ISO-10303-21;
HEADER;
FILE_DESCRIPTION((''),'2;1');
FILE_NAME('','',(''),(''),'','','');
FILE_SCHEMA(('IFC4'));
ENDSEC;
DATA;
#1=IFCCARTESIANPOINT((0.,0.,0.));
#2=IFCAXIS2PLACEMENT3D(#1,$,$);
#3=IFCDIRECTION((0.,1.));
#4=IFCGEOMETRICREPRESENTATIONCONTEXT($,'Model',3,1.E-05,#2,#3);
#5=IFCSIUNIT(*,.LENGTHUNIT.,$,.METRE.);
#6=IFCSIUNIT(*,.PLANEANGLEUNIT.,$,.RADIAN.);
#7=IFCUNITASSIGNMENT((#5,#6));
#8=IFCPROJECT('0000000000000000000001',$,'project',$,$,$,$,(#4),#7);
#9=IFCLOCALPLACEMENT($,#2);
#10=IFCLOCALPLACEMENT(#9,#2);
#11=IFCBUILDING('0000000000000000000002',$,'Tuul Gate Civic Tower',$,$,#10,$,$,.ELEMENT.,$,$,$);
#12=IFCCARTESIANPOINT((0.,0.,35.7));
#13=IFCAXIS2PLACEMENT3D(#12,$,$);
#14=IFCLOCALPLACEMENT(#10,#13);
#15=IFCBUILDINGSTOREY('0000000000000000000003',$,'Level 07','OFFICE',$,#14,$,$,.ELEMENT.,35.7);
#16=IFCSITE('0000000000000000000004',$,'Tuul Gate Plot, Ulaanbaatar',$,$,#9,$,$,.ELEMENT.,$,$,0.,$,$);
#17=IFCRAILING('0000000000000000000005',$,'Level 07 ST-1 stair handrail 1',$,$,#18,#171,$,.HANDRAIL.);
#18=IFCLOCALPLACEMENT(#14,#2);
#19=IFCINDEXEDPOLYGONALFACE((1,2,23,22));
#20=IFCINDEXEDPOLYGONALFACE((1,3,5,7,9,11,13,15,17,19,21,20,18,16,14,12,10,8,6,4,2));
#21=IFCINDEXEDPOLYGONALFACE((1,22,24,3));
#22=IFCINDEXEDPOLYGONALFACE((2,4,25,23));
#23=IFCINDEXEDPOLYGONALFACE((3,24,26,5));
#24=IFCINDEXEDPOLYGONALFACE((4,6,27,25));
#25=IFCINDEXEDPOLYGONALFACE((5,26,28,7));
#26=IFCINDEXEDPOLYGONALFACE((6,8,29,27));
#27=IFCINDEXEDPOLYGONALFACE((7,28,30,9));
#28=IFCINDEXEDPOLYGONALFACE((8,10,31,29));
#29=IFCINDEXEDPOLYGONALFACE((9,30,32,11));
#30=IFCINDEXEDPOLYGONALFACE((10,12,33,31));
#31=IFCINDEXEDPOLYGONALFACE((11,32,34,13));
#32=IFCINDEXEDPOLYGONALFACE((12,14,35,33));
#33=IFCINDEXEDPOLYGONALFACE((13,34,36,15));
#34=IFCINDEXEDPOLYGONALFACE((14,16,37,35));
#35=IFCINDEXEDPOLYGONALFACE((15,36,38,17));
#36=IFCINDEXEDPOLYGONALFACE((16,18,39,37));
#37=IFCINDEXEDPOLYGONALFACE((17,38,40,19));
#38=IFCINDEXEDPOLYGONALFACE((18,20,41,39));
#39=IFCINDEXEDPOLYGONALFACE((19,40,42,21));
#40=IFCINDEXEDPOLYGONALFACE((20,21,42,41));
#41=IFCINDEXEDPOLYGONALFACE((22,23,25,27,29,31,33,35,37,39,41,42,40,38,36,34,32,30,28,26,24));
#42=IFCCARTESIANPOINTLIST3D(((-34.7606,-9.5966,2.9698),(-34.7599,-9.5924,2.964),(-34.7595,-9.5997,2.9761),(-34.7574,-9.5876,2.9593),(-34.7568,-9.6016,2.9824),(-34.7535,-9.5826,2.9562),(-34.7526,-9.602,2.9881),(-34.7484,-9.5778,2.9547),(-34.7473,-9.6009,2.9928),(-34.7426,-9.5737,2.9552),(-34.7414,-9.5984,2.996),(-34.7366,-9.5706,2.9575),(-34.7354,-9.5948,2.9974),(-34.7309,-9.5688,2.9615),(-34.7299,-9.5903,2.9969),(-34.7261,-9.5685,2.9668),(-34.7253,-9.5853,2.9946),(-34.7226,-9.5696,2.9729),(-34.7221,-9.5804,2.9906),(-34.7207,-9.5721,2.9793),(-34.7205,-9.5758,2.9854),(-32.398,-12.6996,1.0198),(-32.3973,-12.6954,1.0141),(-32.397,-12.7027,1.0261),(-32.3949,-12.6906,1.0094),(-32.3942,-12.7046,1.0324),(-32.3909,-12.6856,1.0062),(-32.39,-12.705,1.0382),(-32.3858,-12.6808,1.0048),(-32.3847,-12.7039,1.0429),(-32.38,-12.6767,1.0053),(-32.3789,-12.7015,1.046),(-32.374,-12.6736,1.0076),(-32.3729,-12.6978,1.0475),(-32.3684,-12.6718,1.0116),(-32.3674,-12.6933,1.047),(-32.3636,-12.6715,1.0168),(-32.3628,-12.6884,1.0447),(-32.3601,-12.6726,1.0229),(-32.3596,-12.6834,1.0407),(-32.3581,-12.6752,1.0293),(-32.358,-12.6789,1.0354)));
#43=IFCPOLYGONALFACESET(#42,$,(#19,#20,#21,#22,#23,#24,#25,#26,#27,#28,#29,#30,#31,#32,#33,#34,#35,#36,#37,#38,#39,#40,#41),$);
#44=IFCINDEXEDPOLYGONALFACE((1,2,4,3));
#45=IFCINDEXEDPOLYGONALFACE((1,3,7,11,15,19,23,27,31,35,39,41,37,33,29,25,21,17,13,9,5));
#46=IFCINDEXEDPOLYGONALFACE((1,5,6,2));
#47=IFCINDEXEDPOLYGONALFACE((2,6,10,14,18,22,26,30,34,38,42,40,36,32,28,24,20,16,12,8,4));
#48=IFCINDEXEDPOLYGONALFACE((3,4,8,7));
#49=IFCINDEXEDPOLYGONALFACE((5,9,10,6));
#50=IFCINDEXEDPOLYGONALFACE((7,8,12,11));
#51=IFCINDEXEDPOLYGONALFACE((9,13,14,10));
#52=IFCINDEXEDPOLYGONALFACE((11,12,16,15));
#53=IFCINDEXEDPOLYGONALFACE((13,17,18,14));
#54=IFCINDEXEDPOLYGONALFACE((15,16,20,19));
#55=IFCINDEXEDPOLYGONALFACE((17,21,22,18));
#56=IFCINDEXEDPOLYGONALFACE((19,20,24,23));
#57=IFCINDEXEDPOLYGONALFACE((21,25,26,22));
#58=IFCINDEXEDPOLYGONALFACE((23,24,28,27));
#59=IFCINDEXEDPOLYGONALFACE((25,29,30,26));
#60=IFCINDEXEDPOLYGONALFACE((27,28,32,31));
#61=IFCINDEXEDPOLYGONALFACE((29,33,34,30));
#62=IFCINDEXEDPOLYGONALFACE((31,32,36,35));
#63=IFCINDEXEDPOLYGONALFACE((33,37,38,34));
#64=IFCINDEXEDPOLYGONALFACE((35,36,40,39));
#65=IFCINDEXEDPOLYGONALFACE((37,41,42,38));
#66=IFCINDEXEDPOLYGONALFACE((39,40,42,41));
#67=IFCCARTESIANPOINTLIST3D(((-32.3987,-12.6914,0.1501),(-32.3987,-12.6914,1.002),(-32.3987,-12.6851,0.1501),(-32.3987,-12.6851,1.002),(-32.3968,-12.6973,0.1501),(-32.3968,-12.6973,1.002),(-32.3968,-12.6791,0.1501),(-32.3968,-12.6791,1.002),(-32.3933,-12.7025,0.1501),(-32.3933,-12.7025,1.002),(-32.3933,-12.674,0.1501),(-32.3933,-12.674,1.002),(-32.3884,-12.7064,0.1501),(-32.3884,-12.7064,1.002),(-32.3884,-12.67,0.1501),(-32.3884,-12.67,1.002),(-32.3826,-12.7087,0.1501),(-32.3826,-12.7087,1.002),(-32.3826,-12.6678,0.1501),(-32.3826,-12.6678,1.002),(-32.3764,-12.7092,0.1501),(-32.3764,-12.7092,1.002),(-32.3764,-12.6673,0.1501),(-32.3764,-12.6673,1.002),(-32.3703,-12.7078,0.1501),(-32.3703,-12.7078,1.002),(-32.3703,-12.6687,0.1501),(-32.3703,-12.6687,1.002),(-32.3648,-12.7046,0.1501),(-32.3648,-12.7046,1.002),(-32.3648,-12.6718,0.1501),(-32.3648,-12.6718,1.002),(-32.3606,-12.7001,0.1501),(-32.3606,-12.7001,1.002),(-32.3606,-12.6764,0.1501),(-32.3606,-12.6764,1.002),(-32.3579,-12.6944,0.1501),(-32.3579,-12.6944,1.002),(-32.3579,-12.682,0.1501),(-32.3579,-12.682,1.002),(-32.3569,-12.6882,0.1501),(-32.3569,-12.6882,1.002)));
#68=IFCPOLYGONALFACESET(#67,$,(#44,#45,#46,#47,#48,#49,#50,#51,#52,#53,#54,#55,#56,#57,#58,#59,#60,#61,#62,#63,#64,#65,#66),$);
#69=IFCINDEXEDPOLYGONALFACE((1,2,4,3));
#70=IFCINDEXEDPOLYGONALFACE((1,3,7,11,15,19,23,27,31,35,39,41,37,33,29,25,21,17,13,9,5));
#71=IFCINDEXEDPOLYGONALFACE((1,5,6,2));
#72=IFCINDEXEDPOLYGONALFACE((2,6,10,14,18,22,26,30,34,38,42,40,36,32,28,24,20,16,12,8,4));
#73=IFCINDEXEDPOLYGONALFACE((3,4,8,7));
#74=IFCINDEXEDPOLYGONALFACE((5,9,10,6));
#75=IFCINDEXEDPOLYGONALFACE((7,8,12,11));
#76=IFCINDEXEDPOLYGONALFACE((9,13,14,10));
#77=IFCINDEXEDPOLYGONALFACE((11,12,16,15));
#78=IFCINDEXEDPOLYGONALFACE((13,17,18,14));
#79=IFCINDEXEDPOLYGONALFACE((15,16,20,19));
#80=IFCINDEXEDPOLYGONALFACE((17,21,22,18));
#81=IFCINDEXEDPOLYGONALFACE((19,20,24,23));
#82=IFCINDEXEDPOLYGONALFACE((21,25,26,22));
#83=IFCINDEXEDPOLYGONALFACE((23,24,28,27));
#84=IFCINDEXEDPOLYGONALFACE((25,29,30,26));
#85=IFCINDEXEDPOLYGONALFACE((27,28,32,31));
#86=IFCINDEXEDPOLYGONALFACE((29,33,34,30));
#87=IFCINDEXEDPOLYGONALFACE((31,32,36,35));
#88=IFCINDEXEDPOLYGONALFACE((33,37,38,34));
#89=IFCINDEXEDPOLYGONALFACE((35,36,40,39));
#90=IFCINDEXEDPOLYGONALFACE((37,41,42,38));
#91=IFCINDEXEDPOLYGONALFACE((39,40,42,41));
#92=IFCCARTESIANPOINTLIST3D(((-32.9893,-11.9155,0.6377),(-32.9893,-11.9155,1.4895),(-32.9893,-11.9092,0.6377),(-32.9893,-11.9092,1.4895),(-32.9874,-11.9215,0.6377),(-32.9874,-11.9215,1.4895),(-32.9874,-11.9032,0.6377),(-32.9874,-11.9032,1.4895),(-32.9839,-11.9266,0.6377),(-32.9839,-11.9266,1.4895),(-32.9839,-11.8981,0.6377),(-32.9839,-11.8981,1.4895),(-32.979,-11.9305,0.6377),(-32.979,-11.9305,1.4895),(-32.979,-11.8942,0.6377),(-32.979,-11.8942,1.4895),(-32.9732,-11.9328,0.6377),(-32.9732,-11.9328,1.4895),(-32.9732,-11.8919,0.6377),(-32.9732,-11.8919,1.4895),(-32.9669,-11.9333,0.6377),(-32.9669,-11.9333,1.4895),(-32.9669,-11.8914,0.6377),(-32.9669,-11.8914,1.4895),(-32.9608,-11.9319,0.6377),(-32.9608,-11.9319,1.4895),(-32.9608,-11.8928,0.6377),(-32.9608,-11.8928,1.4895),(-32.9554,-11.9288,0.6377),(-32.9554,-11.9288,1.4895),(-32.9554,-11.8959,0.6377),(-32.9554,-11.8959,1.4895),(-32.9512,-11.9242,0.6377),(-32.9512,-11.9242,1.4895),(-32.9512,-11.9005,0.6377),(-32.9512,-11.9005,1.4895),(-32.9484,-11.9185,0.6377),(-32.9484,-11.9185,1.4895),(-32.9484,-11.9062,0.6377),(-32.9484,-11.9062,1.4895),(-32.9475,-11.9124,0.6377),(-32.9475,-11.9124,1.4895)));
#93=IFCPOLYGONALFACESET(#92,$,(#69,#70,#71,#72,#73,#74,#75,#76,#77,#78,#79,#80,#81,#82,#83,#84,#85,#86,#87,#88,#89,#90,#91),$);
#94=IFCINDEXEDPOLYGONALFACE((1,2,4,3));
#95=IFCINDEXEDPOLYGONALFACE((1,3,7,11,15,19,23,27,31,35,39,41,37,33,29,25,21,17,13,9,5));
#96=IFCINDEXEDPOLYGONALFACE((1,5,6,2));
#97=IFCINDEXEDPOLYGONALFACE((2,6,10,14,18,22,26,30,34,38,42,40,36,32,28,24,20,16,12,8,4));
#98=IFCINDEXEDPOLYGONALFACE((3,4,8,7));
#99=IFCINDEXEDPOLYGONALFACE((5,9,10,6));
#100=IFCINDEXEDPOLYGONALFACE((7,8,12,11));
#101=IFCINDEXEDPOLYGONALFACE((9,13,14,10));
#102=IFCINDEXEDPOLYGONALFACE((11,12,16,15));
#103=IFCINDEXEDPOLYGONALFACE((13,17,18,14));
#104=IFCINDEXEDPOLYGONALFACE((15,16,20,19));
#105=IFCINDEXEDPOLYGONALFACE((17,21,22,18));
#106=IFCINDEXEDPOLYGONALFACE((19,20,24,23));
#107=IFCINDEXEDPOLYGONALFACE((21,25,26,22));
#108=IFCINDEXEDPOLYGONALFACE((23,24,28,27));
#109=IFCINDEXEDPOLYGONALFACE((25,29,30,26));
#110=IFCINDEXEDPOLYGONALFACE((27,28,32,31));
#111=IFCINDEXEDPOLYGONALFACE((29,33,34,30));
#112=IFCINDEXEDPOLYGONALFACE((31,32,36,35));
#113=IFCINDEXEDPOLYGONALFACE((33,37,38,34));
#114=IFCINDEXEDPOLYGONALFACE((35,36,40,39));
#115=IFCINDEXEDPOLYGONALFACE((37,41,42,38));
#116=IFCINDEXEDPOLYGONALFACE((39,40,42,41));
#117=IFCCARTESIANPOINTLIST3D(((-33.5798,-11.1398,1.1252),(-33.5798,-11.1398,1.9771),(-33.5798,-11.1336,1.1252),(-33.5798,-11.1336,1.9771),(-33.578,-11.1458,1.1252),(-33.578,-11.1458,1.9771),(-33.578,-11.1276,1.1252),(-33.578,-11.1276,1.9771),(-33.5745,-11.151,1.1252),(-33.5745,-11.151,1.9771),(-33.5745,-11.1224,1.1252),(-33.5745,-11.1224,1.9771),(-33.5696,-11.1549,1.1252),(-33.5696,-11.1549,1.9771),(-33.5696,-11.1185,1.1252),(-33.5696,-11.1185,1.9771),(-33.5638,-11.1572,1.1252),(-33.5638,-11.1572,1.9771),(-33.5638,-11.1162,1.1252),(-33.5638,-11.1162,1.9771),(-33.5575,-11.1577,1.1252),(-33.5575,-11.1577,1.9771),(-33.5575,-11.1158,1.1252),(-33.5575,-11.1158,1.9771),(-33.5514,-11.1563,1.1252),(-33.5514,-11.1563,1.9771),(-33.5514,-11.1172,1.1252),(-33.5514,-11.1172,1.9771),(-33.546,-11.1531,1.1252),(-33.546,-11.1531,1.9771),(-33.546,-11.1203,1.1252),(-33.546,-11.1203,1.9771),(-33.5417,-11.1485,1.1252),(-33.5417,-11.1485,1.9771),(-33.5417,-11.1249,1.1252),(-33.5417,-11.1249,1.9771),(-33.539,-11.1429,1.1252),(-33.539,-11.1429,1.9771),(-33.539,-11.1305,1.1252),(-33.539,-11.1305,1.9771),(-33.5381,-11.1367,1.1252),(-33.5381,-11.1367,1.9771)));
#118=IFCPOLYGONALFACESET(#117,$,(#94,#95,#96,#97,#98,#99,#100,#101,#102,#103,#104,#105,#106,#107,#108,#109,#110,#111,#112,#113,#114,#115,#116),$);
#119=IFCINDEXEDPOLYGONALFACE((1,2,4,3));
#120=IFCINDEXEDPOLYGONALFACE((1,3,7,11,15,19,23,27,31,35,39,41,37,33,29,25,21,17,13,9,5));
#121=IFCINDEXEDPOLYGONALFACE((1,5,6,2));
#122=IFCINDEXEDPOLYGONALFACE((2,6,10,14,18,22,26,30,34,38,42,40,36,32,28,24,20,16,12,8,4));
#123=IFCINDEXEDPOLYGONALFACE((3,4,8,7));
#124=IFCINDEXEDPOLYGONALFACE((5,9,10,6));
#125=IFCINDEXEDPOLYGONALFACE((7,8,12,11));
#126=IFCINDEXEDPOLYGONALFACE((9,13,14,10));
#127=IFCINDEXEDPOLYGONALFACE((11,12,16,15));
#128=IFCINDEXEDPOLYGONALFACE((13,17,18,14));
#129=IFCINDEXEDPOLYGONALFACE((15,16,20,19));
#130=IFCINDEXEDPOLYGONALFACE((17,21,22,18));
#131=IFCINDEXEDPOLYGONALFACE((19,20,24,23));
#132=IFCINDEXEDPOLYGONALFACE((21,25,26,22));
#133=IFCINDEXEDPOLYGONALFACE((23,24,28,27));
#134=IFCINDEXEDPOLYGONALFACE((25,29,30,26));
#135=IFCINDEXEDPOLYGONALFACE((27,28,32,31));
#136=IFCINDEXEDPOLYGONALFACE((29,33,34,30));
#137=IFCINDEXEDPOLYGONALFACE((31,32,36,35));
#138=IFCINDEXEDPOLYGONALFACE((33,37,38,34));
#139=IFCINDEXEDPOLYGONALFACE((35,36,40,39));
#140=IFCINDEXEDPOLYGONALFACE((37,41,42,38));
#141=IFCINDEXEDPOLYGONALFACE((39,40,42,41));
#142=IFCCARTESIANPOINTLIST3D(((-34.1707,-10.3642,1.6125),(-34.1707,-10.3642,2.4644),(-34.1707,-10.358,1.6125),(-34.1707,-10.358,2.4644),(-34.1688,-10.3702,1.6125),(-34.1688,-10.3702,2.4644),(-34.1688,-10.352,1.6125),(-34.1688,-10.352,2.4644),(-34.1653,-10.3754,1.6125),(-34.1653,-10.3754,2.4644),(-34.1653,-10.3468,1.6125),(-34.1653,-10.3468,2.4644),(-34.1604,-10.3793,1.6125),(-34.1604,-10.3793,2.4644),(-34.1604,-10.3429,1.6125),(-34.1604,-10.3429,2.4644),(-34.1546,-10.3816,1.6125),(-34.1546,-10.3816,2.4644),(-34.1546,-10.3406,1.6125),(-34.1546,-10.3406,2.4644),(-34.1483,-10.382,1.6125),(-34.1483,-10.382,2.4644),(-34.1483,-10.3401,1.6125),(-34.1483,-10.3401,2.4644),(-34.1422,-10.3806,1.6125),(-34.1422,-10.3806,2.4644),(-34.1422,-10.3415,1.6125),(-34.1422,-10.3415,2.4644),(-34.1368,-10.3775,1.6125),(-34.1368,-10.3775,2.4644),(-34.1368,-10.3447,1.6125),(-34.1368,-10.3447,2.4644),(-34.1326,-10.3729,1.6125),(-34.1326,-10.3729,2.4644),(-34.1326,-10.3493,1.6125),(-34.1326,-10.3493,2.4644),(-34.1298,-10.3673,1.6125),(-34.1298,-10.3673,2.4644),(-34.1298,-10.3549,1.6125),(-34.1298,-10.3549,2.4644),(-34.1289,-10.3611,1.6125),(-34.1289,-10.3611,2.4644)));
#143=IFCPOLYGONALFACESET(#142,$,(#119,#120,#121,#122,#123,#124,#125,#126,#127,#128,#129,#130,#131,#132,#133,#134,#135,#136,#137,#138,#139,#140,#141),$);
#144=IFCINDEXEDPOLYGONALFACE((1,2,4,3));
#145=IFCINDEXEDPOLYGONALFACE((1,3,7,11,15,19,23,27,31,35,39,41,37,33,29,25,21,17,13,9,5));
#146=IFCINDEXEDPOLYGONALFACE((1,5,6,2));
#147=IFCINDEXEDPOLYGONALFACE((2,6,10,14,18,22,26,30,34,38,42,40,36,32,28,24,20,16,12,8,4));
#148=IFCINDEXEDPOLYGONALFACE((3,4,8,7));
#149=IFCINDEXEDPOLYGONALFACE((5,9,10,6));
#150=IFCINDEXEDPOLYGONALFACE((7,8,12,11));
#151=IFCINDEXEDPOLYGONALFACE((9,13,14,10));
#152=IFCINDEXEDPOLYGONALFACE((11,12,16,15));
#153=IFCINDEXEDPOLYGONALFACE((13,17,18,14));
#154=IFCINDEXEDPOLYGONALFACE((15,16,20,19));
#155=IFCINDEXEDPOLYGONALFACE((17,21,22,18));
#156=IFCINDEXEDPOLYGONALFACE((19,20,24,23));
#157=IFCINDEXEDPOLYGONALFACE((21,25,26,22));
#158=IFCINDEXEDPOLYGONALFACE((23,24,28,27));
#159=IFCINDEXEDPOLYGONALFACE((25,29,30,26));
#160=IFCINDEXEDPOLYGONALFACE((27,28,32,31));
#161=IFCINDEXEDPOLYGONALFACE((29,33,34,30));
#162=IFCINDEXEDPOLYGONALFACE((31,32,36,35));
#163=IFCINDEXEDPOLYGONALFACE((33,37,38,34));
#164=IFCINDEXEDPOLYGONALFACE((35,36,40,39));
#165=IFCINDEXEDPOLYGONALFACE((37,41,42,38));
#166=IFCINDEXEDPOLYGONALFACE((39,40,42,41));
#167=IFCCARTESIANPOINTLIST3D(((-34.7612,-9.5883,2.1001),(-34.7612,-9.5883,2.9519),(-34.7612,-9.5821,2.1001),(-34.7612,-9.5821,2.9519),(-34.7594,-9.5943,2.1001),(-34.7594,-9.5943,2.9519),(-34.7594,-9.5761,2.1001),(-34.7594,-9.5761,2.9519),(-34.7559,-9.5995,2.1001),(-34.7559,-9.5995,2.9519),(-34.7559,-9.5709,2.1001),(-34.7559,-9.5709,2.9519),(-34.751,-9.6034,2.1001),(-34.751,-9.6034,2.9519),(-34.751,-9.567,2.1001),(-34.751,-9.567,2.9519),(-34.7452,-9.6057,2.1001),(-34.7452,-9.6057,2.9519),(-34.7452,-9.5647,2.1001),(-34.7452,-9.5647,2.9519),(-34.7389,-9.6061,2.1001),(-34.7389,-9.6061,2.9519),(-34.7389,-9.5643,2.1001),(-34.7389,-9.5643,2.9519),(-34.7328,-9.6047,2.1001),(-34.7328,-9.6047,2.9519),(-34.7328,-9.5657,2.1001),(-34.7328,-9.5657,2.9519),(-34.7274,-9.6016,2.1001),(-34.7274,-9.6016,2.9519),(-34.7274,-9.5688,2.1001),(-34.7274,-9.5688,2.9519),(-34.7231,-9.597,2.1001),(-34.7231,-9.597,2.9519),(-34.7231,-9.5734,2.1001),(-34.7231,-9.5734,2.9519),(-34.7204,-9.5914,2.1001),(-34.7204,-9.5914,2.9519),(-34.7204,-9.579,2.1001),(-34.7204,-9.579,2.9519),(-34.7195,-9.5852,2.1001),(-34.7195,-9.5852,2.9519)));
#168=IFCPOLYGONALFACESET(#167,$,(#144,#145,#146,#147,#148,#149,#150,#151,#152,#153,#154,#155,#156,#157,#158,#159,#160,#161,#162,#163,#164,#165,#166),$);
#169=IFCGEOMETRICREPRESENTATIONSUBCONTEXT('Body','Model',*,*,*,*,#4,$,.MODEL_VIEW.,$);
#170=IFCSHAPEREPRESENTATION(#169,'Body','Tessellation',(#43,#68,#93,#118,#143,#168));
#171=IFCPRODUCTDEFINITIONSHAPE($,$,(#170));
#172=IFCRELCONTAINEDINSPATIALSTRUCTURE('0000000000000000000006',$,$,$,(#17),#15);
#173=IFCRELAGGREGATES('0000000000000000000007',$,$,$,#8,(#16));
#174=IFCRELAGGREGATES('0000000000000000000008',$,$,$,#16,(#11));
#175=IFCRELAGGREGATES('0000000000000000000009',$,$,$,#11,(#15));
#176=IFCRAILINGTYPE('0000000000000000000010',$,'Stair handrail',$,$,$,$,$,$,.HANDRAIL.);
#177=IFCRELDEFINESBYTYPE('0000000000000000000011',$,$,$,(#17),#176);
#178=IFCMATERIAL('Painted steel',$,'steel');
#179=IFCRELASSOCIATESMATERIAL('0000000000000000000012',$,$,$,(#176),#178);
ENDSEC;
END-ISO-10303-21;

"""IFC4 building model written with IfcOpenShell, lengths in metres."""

from ifc_helpers import new_model, si_unit, direction, frame, origin, origin_2d, place, context, subcontext, project, spatial, circle, extrude, material, type_object, element, save


model = new_model("IFC4")

# Units and contexts
model_context = context("Model", 3, precision=1e-05, world=origin(), true_north=direction((0.0, 1.0)))
body_context = subcontext(model_context, "Body", "Model", "MODEL_VIEW")
ifc_project = project(units=[si_unit("LENGTHUNIT", "METRE"), si_unit("PLANEANGLEUNIT", "RADIAN")], contexts=[model_context])

# Site, building, storey
site_placement = place(None, origin())
site = spatial("IfcSite", under=ifc_project, at=site_placement, Name="Tuul Gate Plot, Ulaanbaatar", CompositionType="ELEMENT", RefElevation=0.0)
building_placement = place(site_placement, origin())
building = spatial("IfcBuilding", under=site, at=building_placement, Name="Tuul Gate Civic Tower", CompositionType="ELEMENT")
storey_placement = place(building_placement, frame((0.0, 0.0, 35.7)))
storey = spatial("IfcBuildingStorey", under=building, at=storey_placement, Name="Level 07", Description="OFFICE", CompositionType="ELEMENT", Elevation=35.7)

# Railing
ifc_material_1 = material(Name="Painted steel", Category="steel")
railing_type_1 = type_object("IfcRailingType", Name="Stair handrail", PredefinedType="HANDRAIL", material=ifc_material_1)
railing_1_placement = place(storey_placement, frame((-32.3779, -12.6882, 0.1501)))
element("IfcRailing", 1, at=railing_1_placement, inside=storey, type_object=railing_type_1, Name="Level 07 ST-1 stair handrail 1", PredefinedType="HANDRAIL", context=body_context, shape_type="SweptSolid", body=[
    extrude(circle(Radius=0.0239, at=origin_2d()), frame((0.0, 0.0, 0.876), z_axis=(-0.541824, 0.711645, 0.4472), x_axis=(-0.795637, -0.605773, 0.0)), (0.0, 0.0, 1.0), 4.3604),
    extrude(circle(Radius=0.021, at=origin_2d()), origin(), (0.0, 0.0, 1.0), 0.8518),
    extrude(circle(Radius=0.021, at=origin_2d()), frame((-0.5906, 0.7759, 0.4875)), (0.0, 0.0, 1.0), 0.8518),
    extrude(circle(Radius=0.021, at=origin_2d()), frame((-1.1812, 1.5515, 0.9751)), (0.0, 0.0, 1.0), 0.8518),
    extrude(circle(Radius=0.021, at=origin_2d()), frame((-1.772, 2.3271, 1.4624)), (0.0, 0.0, 1.0), 0.8518),
    extrude(circle(Radius=0.021, at=origin_2d()), frame((-2.3625, 3.103, 1.95)), (0.0, 0.0, 1.0), 0.8518),
])

save(model, "model.ifc")
